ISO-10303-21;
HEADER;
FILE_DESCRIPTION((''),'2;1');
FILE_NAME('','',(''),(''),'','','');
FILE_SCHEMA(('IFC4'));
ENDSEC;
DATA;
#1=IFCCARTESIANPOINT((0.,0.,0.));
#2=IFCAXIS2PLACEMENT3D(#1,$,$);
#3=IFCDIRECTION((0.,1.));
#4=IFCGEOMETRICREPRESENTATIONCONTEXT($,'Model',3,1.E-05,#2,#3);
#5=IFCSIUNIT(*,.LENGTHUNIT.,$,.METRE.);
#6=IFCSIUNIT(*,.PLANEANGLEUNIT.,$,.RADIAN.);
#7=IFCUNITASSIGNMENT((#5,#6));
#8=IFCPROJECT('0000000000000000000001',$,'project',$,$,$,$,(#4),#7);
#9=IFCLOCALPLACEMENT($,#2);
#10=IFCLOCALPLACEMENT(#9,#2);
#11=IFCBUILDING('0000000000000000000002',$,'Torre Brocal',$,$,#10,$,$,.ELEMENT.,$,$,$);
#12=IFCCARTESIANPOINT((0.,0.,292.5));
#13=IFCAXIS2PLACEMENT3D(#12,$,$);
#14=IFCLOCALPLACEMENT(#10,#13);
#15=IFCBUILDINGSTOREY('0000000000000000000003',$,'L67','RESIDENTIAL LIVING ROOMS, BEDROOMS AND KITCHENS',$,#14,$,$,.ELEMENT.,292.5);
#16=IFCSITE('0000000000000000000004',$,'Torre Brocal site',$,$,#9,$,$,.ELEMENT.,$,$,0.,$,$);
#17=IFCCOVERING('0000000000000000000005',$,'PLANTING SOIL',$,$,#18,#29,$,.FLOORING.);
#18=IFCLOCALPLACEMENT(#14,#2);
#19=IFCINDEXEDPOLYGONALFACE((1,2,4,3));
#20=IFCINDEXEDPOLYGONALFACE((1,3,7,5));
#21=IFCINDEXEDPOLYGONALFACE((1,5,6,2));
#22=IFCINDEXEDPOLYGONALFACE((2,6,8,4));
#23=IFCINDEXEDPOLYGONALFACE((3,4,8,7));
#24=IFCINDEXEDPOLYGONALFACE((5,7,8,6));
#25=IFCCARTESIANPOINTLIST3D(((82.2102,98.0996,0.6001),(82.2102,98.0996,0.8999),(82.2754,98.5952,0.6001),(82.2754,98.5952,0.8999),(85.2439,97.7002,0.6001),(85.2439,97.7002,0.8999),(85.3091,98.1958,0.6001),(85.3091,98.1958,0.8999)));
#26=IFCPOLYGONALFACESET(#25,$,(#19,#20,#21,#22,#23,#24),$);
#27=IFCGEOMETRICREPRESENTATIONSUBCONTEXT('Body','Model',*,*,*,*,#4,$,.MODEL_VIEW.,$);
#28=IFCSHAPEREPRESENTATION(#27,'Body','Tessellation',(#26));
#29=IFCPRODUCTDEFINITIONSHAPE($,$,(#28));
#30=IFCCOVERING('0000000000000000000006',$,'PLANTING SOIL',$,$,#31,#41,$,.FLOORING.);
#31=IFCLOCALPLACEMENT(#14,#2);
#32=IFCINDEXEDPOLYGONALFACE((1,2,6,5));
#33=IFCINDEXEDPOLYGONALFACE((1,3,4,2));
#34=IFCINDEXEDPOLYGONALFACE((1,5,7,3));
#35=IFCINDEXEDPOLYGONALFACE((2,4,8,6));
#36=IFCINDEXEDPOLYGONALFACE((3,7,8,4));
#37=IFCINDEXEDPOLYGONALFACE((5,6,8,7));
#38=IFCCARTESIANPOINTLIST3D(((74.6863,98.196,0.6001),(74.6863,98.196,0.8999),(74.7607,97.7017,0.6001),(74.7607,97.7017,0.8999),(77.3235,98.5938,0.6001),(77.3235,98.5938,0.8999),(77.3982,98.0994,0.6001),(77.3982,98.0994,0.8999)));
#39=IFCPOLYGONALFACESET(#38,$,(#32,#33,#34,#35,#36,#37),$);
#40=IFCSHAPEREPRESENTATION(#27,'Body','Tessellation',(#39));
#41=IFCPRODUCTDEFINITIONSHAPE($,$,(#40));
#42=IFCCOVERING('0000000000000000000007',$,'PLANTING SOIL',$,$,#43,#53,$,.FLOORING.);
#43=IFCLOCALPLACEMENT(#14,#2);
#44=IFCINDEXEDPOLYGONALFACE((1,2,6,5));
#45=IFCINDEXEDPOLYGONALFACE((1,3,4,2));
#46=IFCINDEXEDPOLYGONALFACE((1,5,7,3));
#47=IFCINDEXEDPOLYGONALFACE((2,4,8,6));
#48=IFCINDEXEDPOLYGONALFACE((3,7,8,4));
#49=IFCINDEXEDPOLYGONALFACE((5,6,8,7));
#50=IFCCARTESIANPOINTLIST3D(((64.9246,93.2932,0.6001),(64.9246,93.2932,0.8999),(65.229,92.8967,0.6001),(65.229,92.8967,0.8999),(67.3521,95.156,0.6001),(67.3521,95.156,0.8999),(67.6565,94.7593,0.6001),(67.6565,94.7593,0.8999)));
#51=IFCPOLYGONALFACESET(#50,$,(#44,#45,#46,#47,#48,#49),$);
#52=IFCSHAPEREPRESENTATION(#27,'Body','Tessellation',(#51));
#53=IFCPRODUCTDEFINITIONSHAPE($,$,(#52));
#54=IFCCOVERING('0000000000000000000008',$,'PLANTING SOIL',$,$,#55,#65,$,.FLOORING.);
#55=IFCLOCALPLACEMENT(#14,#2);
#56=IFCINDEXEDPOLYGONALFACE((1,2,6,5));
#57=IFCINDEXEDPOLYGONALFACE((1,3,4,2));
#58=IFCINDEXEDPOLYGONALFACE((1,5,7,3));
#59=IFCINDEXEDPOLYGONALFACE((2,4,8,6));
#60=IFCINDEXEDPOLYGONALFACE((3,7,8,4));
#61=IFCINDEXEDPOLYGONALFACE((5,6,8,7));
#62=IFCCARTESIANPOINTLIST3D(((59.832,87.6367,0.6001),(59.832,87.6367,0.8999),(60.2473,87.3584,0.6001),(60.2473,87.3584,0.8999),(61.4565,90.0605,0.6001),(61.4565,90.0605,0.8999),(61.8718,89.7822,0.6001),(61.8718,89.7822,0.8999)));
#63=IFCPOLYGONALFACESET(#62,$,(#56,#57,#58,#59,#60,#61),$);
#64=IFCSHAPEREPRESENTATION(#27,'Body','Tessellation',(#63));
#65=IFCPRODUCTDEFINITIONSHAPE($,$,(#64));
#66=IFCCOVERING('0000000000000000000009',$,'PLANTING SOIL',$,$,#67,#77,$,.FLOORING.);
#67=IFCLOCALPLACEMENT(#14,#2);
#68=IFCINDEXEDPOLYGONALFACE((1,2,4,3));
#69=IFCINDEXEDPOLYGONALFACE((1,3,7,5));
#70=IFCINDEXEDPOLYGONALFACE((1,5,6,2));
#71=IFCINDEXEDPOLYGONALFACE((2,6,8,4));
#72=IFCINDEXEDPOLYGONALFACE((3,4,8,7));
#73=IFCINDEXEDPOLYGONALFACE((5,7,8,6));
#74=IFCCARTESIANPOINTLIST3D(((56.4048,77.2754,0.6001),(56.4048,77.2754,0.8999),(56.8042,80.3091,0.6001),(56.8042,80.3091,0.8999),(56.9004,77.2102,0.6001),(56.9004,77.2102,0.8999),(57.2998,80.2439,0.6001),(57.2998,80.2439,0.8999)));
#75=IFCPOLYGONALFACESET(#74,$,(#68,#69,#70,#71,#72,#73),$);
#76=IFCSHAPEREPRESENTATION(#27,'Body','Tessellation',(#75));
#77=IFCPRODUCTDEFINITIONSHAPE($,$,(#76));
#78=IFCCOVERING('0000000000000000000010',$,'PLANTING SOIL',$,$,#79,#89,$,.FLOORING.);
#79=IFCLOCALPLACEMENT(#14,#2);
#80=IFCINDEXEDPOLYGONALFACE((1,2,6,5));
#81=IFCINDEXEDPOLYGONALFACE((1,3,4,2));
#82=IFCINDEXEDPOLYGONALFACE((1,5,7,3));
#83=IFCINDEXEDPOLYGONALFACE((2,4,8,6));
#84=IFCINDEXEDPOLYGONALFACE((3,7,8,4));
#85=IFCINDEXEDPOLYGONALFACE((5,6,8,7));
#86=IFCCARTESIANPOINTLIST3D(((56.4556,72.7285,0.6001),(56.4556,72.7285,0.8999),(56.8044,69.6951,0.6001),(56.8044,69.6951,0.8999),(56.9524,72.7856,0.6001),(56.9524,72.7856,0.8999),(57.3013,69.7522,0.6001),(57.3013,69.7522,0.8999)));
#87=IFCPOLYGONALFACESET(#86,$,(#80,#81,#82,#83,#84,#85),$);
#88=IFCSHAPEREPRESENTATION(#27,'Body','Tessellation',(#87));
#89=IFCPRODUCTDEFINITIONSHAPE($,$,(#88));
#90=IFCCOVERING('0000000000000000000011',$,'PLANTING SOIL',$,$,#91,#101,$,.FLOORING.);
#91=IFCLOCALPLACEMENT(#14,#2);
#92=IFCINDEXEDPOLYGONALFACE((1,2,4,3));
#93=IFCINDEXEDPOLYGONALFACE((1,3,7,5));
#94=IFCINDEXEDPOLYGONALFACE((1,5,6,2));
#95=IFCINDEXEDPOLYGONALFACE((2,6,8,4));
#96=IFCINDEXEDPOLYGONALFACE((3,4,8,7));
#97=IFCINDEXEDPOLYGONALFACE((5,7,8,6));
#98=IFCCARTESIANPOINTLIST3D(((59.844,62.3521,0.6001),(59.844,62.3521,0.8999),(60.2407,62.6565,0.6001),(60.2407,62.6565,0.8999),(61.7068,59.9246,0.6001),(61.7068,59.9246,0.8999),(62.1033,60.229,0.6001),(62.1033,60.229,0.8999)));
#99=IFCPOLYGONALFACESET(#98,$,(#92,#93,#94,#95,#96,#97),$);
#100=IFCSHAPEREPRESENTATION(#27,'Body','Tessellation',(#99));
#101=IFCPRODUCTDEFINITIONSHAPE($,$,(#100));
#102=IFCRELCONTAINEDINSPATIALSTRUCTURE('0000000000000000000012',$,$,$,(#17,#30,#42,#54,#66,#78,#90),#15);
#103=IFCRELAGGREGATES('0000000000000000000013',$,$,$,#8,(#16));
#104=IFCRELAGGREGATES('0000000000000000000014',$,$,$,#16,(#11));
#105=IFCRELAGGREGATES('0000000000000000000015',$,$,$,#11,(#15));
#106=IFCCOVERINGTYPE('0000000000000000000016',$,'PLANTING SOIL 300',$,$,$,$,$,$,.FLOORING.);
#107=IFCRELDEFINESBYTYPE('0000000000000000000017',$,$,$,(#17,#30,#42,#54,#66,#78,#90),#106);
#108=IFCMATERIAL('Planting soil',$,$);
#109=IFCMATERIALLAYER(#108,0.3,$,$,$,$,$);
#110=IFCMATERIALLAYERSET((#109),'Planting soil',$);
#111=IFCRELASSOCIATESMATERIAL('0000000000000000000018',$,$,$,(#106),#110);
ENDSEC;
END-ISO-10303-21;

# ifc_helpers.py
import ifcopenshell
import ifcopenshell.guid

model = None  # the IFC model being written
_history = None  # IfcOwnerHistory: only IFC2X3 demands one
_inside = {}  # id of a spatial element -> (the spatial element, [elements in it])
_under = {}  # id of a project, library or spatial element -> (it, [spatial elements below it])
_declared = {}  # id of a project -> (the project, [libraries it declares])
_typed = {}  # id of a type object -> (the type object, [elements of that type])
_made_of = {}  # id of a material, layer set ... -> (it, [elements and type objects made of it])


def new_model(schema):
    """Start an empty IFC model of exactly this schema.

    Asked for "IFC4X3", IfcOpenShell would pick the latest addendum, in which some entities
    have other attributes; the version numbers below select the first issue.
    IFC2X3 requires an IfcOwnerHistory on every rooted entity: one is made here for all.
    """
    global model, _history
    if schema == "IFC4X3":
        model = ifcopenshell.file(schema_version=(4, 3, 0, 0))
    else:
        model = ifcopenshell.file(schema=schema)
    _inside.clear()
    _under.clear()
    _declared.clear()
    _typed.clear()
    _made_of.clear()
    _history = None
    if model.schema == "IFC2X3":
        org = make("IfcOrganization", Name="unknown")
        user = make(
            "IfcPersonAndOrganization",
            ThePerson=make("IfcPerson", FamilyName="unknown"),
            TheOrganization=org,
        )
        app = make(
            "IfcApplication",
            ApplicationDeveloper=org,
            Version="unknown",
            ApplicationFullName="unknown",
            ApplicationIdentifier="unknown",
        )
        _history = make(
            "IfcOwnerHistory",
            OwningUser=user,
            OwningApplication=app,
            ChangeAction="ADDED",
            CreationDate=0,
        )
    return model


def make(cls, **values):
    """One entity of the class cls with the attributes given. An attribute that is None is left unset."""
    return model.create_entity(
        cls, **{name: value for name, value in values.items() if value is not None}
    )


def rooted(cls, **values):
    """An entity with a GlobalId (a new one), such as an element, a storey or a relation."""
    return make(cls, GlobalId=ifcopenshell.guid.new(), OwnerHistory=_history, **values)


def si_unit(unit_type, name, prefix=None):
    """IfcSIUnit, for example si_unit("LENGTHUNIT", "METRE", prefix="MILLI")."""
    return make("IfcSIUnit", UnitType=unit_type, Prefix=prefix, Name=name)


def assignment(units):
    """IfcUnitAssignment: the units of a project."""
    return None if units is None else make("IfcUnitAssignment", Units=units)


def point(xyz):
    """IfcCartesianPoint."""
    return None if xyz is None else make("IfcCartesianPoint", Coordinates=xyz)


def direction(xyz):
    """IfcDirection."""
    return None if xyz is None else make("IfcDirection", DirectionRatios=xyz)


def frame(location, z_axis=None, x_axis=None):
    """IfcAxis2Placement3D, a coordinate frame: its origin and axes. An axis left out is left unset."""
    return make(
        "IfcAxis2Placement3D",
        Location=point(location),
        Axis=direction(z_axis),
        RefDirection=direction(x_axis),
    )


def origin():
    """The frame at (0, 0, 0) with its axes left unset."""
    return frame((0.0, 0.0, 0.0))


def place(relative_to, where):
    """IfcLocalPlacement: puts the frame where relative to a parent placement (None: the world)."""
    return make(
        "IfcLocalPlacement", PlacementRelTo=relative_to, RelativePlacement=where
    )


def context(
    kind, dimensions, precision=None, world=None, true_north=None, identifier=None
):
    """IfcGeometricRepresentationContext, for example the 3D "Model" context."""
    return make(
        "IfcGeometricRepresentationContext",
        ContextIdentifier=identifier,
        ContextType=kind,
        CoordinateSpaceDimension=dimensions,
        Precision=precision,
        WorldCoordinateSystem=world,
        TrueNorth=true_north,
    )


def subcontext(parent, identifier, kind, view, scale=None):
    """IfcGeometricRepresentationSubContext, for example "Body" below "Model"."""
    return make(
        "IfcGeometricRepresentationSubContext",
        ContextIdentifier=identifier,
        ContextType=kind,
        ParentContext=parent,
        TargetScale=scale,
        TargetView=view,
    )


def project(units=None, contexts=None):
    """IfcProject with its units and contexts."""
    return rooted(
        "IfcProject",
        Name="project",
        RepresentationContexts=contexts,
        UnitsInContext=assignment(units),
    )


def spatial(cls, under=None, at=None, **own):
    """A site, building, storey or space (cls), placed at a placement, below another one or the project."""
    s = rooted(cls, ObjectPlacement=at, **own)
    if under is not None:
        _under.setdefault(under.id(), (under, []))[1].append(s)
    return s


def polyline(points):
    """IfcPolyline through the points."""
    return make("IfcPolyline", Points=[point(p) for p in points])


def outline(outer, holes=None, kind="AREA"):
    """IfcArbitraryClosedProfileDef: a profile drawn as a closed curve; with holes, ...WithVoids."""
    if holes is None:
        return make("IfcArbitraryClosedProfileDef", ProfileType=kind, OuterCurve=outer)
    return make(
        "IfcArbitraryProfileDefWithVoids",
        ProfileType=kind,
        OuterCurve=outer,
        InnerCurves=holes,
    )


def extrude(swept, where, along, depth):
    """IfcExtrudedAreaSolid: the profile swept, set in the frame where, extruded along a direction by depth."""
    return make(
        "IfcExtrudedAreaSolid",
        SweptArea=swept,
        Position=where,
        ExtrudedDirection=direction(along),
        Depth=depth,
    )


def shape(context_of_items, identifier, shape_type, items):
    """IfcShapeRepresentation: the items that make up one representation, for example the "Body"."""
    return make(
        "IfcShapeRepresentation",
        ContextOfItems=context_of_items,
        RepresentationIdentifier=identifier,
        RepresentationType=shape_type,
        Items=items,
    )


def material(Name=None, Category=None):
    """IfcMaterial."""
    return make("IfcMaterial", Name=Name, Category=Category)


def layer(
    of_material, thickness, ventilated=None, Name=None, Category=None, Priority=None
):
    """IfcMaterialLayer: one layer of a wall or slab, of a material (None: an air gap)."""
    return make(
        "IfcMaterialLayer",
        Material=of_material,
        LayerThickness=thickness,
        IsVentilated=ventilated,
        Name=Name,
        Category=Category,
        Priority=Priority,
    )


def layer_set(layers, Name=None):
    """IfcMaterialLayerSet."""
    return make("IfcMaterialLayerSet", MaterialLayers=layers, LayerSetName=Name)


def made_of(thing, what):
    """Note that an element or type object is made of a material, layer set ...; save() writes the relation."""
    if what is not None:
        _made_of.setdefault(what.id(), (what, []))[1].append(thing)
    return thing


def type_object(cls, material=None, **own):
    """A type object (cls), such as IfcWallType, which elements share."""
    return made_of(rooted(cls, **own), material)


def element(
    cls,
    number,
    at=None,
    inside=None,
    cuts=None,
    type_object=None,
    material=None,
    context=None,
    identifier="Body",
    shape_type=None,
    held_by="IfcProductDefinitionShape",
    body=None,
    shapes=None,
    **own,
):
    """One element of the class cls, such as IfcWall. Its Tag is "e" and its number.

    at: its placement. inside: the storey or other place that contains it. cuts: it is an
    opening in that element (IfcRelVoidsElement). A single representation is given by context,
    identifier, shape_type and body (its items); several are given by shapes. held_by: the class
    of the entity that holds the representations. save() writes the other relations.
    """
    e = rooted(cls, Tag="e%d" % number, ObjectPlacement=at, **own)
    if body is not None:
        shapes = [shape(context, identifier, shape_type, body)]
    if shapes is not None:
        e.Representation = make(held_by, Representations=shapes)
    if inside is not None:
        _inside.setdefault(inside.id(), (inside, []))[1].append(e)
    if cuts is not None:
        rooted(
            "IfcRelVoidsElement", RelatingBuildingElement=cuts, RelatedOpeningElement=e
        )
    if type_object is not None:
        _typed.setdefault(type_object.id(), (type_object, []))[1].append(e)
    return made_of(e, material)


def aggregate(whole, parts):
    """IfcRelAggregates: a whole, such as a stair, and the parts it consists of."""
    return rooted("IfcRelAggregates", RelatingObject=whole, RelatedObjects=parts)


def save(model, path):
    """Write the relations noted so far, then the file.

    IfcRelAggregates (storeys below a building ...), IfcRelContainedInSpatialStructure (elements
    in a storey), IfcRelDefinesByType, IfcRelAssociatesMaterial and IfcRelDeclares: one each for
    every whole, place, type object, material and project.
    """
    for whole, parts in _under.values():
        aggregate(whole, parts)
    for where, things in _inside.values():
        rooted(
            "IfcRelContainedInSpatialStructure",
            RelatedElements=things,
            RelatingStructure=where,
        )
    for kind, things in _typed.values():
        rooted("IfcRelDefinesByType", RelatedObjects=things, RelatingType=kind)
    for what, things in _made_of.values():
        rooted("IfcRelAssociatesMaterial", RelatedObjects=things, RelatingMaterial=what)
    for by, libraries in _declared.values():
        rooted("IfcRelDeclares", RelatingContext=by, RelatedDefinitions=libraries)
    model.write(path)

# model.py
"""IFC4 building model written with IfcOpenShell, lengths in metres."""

from ifc_helpers import new_model, si_unit, direction, frame, origin, place, context, subcontext, project, spatial, polyline, outline, extrude, material, layer, layer_set, type_object, element, save


model = new_model("IFC4")

# Units and contexts
model_context = context("Model", 3, precision=1e-05, world=origin(), true_north=direction((0.0, 1.0)))
body_context = subcontext(model_context, "Body", "Model", "MODEL_VIEW")
ifc_project = project(units=[si_unit("LENGTHUNIT", "METRE"), si_unit("PLANEANGLEUNIT", "RADIAN")], contexts=[model_context])

# Site, building, storey
site_placement = place(None, origin())
site = spatial("IfcSite", under=ifc_project, at=site_placement, Name="Torre Brocal site", CompositionType="ELEMENT", RefElevation=0.0)
building_placement = place(site_placement, origin())
building = spatial("IfcBuilding", under=site, at=building_placement, Name="Torre Brocal", CompositionType="ELEMENT")
storey_placement = place(building_placement, frame((0.0, 0.0, 292.5)))
storey = spatial("IfcBuildingStorey", under=building, at=storey_placement, Name="L67", Description="RESIDENTIAL LIVING ROOMS, BEDROOMS AND KITCHENS", CompositionType="ELEMENT", Elevation=292.5)

# Coverings
ifc_material_1 = material(Name="Planting soil")
ifc_layer_1 = layer(ifc_material_1, 0.3)
ifc_layer_set_1 = layer_set([ifc_layer_1], Name="Planting soil")
covering_type = type_object("IfcCoveringType", Name="PLANTING SOIL 300", PredefinedType="FLOORING", material=ifc_layer_set_1)
covering_1_placement = place(storey_placement, frame((0.0, 0.0, 0.6001)))
element("IfcCovering", 1, at=covering_1_placement, inside=storey, type_object=covering_type, Name="PLANTING SOIL", PredefinedType="FLOORING", context=body_context, shape_type="SweptSolid", body=[
    extrude(outline(polyline([(85.2439, 97.7002), (82.2102, 98.0996), (82.2754, 98.5952), (85.3091, 98.1958), (85.2439, 97.7002)])), origin(), (0.0, 0.0, 1.0), 0.2998),
])
covering_2_placement = place(storey_placement, frame((0.0, 0.0, 0.6001)))
element("IfcCovering", 2, at=covering_2_placement, inside=storey, type_object=covering_type, Name="PLANTING SOIL", PredefinedType="FLOORING", context=body_context, shape_type="SweptSolid", body=[
    extrude(outline(polyline([(77.3982, 98.0994), (74.7607, 97.7017), (74.6863, 98.196), (77.3235, 98.5938), (77.3982, 98.0994)])), origin(), (0.0, 0.0, 1.0), 0.2998),
])
covering_3_placement = place(storey_placement, frame((0.0, 0.0, 0.6001)))
element("IfcCovering", 3, at=covering_3_placement, inside=storey, type_object=covering_type, Name="PLANTING SOIL", PredefinedType="FLOORING", context=body_context, shape_type="SweptSolid", body=[
    extrude(outline(polyline([(67.6565, 94.7593), (65.229, 92.8967), (64.9246, 93.2932), (67.3521, 95.156), (67.6565, 94.7593)])), origin(), (0.0, 0.0, 1.0), 0.2998),
])
covering_4_placement = place(storey_placement, frame((0.0, 0.0, 0.6001)))
element("IfcCovering", 4, at=covering_4_placement, inside=storey, type_object=covering_type, Name="PLANTING SOIL", PredefinedType="FLOORING", context=body_context, shape_type="SweptSolid", body=[
    extrude(outline(polyline([(61.8718, 89.7822), (60.2473, 87.3584), (59.832, 87.6367), (61.4565, 90.0605), (61.8718, 89.7822)])), origin(), (0.0, 0.0, 1.0), 0.2998),
])
covering_5_placement = place(storey_placement, frame((0.0, 0.0, 0.6001)))
element("IfcCovering", 5, at=covering_5_placement, inside=storey, type_object=covering_type, Name="PLANTING SOIL", PredefinedType="FLOORING", context=body_context, shape_type="SweptSolid", body=[
    extrude(outline(polyline([(57.2998, 80.2439), (56.9004, 77.2102), (56.4048, 77.2754), (56.8042, 80.3091), (57.2998, 80.2439)])), origin(), (0.0, 0.0, 1.0), 0.2998),
])
covering_6_placement = place(storey_placement, frame((0.0, 0.0, 0.6001)))
element("IfcCovering", 6, at=covering_6_placement, inside=storey, type_object=covering_type, Name="PLANTING SOIL", PredefinedType="FLOORING", context=body_context, shape_type="SweptSolid", body=[
    extrude(outline(polyline([(56.9524, 72.7856), (57.3013, 69.7522), (56.8044, 69.6951), (56.4556, 72.7285), (56.9524, 72.7856)])), origin(), (0.0, 0.0, 1.0), 0.2998),
])
covering_7_placement = place(storey_placement, frame((0.0, 0.0, 0.6001)))
element("IfcCovering", 7, at=covering_7_placement, inside=storey, type_object=covering_type, Name="PLANTING SOIL", PredefinedType="FLOORING", context=body_context, shape_type="SweptSolid", body=[
    extrude(outline(polyline([(60.2407, 62.6565), (62.1033, 60.229), (61.7068, 59.9246), (59.844, 62.3521), (60.2407, 62.6565)])), origin(), (0.0, 0.0, 1.0), 0.2998),
])

save(model, "model.ifc")
